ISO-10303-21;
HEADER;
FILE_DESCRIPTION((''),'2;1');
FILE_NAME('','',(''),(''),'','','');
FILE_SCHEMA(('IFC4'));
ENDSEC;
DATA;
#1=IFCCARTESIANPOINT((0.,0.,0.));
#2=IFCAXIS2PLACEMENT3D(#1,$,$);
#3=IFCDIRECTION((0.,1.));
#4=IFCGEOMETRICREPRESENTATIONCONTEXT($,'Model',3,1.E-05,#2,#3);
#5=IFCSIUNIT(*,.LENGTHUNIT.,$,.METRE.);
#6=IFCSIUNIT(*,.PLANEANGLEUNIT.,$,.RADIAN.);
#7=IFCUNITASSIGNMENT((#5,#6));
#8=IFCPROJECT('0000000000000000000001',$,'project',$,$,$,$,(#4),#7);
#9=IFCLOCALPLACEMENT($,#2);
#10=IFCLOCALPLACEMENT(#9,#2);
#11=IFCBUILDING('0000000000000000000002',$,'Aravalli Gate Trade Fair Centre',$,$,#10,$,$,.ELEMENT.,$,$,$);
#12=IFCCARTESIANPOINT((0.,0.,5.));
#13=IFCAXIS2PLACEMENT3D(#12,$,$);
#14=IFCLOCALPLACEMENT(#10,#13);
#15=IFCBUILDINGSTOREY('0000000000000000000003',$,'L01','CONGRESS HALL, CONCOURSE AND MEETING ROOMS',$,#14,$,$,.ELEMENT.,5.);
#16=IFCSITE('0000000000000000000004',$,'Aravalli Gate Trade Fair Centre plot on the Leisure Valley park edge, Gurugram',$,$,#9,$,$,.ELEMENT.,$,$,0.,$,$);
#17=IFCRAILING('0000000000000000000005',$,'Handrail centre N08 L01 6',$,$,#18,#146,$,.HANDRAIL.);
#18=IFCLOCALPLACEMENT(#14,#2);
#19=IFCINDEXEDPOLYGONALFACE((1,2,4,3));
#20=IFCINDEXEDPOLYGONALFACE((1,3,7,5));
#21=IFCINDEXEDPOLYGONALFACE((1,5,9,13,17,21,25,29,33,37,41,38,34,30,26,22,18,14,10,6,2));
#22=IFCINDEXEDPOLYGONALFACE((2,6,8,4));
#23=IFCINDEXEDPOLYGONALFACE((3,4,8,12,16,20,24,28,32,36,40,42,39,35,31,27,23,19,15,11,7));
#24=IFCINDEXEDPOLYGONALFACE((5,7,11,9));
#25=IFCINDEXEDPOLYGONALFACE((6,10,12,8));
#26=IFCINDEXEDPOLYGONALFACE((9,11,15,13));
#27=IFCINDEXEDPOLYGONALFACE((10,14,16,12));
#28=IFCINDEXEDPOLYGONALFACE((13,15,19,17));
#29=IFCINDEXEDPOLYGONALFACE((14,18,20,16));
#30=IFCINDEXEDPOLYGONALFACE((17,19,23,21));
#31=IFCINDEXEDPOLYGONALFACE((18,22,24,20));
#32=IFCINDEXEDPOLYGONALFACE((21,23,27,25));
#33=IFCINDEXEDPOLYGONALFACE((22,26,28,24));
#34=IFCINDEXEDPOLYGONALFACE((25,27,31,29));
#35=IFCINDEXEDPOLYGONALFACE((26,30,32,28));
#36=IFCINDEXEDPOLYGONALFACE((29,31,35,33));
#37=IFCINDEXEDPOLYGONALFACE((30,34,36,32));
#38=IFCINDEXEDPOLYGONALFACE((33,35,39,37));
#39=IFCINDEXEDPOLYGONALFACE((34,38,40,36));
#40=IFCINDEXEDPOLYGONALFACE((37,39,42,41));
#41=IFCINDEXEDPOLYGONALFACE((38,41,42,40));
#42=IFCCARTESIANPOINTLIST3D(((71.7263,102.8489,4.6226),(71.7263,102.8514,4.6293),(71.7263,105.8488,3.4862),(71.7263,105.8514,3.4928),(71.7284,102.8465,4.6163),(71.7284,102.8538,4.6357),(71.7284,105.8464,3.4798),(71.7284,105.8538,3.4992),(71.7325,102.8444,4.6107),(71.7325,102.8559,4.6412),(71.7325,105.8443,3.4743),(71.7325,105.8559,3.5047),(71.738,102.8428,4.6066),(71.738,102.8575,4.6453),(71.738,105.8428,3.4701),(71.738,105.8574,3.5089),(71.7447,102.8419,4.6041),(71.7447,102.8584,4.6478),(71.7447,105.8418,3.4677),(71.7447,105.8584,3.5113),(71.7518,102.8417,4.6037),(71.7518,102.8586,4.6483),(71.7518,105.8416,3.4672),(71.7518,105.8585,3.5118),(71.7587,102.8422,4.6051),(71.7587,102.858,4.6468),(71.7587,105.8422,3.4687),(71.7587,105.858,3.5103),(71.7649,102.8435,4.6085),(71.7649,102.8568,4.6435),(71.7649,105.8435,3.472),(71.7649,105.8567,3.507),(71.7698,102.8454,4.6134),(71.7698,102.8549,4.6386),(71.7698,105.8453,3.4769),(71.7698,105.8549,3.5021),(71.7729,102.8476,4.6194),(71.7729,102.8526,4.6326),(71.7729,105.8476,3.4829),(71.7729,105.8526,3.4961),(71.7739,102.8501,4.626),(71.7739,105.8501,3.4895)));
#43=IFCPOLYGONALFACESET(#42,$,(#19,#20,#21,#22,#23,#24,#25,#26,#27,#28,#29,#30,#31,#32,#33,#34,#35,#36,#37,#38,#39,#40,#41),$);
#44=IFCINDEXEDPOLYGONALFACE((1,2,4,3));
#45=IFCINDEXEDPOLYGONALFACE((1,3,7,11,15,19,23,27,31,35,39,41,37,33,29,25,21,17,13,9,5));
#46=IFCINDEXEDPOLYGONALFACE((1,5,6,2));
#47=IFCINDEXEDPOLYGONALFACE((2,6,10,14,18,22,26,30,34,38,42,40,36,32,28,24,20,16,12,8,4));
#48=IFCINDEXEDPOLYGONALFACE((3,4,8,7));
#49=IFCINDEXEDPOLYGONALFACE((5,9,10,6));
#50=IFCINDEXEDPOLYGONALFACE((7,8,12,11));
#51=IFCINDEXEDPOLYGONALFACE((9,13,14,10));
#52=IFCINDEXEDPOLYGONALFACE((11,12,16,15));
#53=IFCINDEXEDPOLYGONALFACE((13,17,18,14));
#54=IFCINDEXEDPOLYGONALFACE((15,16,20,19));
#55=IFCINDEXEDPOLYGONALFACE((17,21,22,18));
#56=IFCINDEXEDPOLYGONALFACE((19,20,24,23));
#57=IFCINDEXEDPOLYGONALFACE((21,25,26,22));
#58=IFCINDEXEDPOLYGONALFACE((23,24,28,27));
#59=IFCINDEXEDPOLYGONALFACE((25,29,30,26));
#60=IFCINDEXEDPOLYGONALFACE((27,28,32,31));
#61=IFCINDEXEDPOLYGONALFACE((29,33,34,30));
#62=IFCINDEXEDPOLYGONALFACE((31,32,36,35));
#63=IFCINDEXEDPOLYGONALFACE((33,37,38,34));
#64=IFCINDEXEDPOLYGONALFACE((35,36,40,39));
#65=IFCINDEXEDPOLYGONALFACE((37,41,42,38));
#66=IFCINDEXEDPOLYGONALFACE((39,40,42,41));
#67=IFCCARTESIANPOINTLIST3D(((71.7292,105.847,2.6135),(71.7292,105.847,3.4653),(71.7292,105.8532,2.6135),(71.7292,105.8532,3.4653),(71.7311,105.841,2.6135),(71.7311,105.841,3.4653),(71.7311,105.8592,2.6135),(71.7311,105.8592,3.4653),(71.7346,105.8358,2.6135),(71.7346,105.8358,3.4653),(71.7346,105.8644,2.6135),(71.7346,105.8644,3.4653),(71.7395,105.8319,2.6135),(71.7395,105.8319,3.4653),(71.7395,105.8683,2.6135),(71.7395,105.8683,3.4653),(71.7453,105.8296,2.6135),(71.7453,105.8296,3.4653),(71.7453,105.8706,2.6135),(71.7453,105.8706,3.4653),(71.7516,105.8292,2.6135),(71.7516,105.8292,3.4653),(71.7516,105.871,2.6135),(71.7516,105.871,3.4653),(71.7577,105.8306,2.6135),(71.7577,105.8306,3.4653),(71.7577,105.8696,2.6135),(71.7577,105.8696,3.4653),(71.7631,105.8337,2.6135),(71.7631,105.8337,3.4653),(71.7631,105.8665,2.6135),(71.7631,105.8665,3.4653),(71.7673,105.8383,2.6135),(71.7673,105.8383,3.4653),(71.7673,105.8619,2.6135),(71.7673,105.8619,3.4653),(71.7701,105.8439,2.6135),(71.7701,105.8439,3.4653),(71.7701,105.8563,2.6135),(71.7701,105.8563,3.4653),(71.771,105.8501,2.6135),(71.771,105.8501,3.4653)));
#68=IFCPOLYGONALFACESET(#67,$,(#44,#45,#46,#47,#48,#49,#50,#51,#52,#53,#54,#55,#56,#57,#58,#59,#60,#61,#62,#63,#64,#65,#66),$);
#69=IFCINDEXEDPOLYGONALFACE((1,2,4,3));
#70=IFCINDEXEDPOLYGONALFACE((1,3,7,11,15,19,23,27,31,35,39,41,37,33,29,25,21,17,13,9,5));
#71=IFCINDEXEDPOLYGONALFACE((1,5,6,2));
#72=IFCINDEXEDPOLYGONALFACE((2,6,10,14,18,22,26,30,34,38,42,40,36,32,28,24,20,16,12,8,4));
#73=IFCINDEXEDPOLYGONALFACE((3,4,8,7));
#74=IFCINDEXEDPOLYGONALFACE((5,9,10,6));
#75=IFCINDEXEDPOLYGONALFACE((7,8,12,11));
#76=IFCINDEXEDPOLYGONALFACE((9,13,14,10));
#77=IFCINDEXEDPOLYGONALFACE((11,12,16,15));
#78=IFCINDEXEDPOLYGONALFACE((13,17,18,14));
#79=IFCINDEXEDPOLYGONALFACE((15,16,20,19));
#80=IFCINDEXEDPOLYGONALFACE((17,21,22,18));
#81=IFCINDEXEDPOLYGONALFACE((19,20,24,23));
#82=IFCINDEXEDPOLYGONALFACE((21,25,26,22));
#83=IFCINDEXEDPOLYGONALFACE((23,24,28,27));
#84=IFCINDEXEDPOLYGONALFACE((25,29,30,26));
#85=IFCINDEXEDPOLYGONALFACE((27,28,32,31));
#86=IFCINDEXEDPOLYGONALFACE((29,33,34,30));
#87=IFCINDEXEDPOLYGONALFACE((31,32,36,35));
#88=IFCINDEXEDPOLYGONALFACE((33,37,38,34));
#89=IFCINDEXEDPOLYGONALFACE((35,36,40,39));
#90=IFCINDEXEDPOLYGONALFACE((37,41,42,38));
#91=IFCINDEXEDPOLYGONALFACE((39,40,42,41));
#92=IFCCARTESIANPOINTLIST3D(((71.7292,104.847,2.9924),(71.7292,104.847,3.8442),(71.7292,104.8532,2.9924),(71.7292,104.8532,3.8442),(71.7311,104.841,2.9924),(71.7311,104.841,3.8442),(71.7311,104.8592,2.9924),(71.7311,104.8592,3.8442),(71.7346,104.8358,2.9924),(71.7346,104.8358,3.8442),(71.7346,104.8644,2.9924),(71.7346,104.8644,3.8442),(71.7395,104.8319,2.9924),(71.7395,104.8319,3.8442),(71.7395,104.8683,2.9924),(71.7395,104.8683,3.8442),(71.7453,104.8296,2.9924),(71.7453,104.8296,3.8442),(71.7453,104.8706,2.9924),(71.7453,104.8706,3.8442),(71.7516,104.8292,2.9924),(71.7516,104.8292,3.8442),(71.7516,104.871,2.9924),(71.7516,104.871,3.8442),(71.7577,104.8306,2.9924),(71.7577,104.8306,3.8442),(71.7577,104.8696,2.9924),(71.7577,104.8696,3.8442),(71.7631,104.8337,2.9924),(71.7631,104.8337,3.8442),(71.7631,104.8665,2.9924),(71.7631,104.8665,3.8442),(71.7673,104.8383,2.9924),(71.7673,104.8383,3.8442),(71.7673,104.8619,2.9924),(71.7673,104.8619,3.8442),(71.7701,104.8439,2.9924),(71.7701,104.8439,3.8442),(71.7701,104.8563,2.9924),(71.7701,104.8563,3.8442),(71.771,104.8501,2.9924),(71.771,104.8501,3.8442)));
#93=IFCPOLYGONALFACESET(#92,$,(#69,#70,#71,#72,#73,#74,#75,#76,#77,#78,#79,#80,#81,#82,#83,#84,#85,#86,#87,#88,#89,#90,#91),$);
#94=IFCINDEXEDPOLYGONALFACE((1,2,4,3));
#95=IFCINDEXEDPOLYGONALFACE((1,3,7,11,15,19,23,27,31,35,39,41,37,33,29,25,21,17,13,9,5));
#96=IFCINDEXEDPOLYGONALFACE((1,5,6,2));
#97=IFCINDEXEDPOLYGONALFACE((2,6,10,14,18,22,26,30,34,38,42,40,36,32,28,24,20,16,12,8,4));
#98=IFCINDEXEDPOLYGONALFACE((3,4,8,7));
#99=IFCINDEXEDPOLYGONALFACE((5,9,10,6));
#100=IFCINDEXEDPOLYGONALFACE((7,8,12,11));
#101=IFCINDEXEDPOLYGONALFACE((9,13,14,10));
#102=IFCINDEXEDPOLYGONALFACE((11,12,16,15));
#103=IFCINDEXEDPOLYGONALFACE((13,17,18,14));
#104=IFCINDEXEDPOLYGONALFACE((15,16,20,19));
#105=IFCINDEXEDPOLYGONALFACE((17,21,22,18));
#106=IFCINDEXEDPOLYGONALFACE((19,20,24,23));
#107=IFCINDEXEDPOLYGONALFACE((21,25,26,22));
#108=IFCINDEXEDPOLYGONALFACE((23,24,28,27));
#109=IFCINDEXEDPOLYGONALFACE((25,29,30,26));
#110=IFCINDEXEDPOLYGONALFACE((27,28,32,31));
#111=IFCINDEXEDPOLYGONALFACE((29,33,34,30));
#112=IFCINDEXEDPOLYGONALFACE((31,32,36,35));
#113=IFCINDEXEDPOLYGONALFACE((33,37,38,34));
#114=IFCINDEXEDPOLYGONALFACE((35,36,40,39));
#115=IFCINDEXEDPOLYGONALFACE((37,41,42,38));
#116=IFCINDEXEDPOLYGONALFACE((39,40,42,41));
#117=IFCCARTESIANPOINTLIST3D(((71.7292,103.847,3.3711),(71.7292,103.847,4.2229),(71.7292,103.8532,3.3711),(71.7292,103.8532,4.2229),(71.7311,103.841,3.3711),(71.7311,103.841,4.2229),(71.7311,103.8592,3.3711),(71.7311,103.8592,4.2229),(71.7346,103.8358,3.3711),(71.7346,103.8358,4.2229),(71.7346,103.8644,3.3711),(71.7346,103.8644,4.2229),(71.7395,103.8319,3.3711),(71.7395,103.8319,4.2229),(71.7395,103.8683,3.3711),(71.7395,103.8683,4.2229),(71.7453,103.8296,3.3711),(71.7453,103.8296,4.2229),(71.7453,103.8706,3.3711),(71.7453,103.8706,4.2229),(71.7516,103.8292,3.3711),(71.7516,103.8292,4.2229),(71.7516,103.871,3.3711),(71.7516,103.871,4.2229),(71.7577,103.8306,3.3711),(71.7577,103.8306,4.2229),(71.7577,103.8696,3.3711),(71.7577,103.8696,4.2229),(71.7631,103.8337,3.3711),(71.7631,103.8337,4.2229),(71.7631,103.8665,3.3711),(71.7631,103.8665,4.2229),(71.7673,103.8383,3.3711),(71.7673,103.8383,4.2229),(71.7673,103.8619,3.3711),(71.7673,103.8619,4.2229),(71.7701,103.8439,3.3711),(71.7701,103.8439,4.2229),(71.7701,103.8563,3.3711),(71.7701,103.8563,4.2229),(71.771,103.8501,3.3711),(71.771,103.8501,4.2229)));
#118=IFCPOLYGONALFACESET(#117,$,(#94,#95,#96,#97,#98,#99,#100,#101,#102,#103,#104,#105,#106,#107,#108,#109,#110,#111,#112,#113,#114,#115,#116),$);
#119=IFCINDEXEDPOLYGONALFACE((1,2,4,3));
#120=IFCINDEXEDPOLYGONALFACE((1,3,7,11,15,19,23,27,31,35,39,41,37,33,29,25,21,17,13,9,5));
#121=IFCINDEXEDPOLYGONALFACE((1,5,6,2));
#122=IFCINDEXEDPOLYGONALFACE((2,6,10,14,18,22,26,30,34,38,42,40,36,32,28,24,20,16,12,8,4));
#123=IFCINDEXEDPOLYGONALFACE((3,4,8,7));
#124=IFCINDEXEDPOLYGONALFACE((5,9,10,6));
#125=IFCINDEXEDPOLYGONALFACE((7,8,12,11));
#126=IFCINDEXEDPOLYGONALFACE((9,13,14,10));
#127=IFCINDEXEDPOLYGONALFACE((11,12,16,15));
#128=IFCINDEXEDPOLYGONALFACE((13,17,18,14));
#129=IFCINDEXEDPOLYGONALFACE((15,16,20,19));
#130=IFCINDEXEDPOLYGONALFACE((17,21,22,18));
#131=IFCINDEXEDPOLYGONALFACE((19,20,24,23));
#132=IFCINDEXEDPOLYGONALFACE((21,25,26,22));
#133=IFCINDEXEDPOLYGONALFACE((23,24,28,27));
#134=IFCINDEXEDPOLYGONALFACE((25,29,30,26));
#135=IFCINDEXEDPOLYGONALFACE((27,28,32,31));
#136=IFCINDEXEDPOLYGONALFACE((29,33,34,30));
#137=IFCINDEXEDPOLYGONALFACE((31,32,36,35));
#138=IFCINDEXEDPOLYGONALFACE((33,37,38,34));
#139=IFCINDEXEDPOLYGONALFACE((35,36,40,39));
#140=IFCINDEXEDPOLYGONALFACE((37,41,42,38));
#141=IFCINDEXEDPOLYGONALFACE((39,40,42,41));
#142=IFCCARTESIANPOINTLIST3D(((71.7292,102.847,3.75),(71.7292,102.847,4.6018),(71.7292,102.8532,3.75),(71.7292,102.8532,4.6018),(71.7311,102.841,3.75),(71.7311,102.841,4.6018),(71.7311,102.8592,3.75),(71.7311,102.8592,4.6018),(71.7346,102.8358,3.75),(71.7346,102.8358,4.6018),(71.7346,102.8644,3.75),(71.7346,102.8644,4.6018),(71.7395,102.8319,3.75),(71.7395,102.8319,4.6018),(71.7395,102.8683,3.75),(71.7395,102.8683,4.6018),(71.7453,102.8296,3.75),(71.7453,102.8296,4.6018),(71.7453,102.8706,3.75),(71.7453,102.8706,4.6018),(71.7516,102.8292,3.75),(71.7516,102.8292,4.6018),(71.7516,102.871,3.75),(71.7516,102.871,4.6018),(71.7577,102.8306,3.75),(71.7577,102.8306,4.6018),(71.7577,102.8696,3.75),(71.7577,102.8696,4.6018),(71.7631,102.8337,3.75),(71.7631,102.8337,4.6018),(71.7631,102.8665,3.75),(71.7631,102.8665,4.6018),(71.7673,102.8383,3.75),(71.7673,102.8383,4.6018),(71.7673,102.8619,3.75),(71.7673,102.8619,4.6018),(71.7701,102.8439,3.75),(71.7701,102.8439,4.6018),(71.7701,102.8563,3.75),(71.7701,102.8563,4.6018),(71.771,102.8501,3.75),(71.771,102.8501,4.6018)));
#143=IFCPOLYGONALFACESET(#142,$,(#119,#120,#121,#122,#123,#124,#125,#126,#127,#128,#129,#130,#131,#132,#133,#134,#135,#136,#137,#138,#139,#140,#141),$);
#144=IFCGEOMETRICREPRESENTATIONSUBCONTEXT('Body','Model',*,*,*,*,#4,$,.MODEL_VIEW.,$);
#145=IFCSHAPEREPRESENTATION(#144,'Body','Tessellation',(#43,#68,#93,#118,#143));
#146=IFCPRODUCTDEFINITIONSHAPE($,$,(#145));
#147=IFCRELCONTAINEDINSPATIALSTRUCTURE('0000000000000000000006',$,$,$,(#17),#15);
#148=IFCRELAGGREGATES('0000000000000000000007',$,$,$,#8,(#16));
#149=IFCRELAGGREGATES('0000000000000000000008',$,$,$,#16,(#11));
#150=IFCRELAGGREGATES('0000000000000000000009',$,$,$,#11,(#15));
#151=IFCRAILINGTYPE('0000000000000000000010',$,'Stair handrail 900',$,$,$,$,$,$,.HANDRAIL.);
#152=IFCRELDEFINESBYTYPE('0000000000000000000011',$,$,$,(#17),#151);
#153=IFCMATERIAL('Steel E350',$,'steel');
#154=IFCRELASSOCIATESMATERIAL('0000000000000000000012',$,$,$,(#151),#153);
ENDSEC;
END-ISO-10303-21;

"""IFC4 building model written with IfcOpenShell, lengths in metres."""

from ifc_helpers import new_model, si_unit, direction, frame, origin, origin_2d, place, context, subcontext, project, spatial, circle, extrude, material, type_object, element, save


model = new_model("IFC4")

# Units and contexts
model_context = context("Model", 3, precision=1e-05, world=origin(), true_north=direction((0.0, 1.0)))
body_context = subcontext(model_context, "Body", "Model", "MODEL_VIEW")
ifc_project = project(units=[si_unit("LENGTHUNIT", "METRE"), si_unit("PLANEANGLEUNIT", "RADIAN")], contexts=[model_context])

# Site, building, storey
site_placement = place(None, origin())
site = spatial("IfcSite", under=ifc_project, at=site_placement, Name="Aravalli Gate Trade Fair Centre plot on the Leisure Valley park edge, Gurugram", CompositionType="ELEMENT", RefElevation=0.0)
building_placement = place(site_placement, origin())
building = spatial("IfcBuilding", under=site, at=building_placement, Name="Aravalli Gate Trade Fair Centre", CompositionType="ELEMENT")
storey_placement = place(building_placement, frame((0.0, 0.0, 5.0)))
storey = spatial("IfcBuildingStorey", under=building, at=storey_placement, Name="L01", Description="CONGRESS HALL, CONCOURSE AND MEETING ROOMS", CompositionType="ELEMENT", Elevation=5.0)

# Shared definitions
ifc_material_1 = material(Name="Steel E350", Category="steel")

# Railing
railing_type_1 = type_object("IfcRailingType", Name="Stair handrail 900", PredefinedType="HANDRAIL", material=ifc_material_1)
for number, where, name in (
    (1, (71.75, 105.8501, 2.6135), "Handrail centre N08 L01 6"),
):
    element("IfcRailing", number, at=place(storey_placement, frame(where)), inside=storey, type_object=railing_type_1, Name=name, PredefinedType="HANDRAIL", context=body_context, shape_type="SweptSolid", body=[
        extrude(circle(Radius=0.0239, at=origin_2d()), frame((0.0, 0.0, 0.876), z_axis=(0.0, -0.935148, 0.354257), x_axis=(1.0, 0.0, 0.0)), (0.0, 0.0, 1.0), 3.208),
        extrude(circle(Radius=0.021, at=origin_2d()), origin(), (0.0, 0.0, 1.0), 0.8518),
        extrude(circle(Radius=0.021, at=origin_2d()), frame((0.0, -1.0, 0.3789)), (0.0, 0.0, 1.0), 0.8518),
        extrude(circle(Radius=0.021, at=origin_2d()), frame((0.0, -2.0, 0.7576)), (0.0, 0.0, 1.0), 0.8518),
        extrude(circle(Radius=0.021, at=origin_2d()), frame((0.0, -3.0, 1.1365)), (0.0, 0.0, 1.0), 0.8518),
    ])

save(model, "model.ifc")
